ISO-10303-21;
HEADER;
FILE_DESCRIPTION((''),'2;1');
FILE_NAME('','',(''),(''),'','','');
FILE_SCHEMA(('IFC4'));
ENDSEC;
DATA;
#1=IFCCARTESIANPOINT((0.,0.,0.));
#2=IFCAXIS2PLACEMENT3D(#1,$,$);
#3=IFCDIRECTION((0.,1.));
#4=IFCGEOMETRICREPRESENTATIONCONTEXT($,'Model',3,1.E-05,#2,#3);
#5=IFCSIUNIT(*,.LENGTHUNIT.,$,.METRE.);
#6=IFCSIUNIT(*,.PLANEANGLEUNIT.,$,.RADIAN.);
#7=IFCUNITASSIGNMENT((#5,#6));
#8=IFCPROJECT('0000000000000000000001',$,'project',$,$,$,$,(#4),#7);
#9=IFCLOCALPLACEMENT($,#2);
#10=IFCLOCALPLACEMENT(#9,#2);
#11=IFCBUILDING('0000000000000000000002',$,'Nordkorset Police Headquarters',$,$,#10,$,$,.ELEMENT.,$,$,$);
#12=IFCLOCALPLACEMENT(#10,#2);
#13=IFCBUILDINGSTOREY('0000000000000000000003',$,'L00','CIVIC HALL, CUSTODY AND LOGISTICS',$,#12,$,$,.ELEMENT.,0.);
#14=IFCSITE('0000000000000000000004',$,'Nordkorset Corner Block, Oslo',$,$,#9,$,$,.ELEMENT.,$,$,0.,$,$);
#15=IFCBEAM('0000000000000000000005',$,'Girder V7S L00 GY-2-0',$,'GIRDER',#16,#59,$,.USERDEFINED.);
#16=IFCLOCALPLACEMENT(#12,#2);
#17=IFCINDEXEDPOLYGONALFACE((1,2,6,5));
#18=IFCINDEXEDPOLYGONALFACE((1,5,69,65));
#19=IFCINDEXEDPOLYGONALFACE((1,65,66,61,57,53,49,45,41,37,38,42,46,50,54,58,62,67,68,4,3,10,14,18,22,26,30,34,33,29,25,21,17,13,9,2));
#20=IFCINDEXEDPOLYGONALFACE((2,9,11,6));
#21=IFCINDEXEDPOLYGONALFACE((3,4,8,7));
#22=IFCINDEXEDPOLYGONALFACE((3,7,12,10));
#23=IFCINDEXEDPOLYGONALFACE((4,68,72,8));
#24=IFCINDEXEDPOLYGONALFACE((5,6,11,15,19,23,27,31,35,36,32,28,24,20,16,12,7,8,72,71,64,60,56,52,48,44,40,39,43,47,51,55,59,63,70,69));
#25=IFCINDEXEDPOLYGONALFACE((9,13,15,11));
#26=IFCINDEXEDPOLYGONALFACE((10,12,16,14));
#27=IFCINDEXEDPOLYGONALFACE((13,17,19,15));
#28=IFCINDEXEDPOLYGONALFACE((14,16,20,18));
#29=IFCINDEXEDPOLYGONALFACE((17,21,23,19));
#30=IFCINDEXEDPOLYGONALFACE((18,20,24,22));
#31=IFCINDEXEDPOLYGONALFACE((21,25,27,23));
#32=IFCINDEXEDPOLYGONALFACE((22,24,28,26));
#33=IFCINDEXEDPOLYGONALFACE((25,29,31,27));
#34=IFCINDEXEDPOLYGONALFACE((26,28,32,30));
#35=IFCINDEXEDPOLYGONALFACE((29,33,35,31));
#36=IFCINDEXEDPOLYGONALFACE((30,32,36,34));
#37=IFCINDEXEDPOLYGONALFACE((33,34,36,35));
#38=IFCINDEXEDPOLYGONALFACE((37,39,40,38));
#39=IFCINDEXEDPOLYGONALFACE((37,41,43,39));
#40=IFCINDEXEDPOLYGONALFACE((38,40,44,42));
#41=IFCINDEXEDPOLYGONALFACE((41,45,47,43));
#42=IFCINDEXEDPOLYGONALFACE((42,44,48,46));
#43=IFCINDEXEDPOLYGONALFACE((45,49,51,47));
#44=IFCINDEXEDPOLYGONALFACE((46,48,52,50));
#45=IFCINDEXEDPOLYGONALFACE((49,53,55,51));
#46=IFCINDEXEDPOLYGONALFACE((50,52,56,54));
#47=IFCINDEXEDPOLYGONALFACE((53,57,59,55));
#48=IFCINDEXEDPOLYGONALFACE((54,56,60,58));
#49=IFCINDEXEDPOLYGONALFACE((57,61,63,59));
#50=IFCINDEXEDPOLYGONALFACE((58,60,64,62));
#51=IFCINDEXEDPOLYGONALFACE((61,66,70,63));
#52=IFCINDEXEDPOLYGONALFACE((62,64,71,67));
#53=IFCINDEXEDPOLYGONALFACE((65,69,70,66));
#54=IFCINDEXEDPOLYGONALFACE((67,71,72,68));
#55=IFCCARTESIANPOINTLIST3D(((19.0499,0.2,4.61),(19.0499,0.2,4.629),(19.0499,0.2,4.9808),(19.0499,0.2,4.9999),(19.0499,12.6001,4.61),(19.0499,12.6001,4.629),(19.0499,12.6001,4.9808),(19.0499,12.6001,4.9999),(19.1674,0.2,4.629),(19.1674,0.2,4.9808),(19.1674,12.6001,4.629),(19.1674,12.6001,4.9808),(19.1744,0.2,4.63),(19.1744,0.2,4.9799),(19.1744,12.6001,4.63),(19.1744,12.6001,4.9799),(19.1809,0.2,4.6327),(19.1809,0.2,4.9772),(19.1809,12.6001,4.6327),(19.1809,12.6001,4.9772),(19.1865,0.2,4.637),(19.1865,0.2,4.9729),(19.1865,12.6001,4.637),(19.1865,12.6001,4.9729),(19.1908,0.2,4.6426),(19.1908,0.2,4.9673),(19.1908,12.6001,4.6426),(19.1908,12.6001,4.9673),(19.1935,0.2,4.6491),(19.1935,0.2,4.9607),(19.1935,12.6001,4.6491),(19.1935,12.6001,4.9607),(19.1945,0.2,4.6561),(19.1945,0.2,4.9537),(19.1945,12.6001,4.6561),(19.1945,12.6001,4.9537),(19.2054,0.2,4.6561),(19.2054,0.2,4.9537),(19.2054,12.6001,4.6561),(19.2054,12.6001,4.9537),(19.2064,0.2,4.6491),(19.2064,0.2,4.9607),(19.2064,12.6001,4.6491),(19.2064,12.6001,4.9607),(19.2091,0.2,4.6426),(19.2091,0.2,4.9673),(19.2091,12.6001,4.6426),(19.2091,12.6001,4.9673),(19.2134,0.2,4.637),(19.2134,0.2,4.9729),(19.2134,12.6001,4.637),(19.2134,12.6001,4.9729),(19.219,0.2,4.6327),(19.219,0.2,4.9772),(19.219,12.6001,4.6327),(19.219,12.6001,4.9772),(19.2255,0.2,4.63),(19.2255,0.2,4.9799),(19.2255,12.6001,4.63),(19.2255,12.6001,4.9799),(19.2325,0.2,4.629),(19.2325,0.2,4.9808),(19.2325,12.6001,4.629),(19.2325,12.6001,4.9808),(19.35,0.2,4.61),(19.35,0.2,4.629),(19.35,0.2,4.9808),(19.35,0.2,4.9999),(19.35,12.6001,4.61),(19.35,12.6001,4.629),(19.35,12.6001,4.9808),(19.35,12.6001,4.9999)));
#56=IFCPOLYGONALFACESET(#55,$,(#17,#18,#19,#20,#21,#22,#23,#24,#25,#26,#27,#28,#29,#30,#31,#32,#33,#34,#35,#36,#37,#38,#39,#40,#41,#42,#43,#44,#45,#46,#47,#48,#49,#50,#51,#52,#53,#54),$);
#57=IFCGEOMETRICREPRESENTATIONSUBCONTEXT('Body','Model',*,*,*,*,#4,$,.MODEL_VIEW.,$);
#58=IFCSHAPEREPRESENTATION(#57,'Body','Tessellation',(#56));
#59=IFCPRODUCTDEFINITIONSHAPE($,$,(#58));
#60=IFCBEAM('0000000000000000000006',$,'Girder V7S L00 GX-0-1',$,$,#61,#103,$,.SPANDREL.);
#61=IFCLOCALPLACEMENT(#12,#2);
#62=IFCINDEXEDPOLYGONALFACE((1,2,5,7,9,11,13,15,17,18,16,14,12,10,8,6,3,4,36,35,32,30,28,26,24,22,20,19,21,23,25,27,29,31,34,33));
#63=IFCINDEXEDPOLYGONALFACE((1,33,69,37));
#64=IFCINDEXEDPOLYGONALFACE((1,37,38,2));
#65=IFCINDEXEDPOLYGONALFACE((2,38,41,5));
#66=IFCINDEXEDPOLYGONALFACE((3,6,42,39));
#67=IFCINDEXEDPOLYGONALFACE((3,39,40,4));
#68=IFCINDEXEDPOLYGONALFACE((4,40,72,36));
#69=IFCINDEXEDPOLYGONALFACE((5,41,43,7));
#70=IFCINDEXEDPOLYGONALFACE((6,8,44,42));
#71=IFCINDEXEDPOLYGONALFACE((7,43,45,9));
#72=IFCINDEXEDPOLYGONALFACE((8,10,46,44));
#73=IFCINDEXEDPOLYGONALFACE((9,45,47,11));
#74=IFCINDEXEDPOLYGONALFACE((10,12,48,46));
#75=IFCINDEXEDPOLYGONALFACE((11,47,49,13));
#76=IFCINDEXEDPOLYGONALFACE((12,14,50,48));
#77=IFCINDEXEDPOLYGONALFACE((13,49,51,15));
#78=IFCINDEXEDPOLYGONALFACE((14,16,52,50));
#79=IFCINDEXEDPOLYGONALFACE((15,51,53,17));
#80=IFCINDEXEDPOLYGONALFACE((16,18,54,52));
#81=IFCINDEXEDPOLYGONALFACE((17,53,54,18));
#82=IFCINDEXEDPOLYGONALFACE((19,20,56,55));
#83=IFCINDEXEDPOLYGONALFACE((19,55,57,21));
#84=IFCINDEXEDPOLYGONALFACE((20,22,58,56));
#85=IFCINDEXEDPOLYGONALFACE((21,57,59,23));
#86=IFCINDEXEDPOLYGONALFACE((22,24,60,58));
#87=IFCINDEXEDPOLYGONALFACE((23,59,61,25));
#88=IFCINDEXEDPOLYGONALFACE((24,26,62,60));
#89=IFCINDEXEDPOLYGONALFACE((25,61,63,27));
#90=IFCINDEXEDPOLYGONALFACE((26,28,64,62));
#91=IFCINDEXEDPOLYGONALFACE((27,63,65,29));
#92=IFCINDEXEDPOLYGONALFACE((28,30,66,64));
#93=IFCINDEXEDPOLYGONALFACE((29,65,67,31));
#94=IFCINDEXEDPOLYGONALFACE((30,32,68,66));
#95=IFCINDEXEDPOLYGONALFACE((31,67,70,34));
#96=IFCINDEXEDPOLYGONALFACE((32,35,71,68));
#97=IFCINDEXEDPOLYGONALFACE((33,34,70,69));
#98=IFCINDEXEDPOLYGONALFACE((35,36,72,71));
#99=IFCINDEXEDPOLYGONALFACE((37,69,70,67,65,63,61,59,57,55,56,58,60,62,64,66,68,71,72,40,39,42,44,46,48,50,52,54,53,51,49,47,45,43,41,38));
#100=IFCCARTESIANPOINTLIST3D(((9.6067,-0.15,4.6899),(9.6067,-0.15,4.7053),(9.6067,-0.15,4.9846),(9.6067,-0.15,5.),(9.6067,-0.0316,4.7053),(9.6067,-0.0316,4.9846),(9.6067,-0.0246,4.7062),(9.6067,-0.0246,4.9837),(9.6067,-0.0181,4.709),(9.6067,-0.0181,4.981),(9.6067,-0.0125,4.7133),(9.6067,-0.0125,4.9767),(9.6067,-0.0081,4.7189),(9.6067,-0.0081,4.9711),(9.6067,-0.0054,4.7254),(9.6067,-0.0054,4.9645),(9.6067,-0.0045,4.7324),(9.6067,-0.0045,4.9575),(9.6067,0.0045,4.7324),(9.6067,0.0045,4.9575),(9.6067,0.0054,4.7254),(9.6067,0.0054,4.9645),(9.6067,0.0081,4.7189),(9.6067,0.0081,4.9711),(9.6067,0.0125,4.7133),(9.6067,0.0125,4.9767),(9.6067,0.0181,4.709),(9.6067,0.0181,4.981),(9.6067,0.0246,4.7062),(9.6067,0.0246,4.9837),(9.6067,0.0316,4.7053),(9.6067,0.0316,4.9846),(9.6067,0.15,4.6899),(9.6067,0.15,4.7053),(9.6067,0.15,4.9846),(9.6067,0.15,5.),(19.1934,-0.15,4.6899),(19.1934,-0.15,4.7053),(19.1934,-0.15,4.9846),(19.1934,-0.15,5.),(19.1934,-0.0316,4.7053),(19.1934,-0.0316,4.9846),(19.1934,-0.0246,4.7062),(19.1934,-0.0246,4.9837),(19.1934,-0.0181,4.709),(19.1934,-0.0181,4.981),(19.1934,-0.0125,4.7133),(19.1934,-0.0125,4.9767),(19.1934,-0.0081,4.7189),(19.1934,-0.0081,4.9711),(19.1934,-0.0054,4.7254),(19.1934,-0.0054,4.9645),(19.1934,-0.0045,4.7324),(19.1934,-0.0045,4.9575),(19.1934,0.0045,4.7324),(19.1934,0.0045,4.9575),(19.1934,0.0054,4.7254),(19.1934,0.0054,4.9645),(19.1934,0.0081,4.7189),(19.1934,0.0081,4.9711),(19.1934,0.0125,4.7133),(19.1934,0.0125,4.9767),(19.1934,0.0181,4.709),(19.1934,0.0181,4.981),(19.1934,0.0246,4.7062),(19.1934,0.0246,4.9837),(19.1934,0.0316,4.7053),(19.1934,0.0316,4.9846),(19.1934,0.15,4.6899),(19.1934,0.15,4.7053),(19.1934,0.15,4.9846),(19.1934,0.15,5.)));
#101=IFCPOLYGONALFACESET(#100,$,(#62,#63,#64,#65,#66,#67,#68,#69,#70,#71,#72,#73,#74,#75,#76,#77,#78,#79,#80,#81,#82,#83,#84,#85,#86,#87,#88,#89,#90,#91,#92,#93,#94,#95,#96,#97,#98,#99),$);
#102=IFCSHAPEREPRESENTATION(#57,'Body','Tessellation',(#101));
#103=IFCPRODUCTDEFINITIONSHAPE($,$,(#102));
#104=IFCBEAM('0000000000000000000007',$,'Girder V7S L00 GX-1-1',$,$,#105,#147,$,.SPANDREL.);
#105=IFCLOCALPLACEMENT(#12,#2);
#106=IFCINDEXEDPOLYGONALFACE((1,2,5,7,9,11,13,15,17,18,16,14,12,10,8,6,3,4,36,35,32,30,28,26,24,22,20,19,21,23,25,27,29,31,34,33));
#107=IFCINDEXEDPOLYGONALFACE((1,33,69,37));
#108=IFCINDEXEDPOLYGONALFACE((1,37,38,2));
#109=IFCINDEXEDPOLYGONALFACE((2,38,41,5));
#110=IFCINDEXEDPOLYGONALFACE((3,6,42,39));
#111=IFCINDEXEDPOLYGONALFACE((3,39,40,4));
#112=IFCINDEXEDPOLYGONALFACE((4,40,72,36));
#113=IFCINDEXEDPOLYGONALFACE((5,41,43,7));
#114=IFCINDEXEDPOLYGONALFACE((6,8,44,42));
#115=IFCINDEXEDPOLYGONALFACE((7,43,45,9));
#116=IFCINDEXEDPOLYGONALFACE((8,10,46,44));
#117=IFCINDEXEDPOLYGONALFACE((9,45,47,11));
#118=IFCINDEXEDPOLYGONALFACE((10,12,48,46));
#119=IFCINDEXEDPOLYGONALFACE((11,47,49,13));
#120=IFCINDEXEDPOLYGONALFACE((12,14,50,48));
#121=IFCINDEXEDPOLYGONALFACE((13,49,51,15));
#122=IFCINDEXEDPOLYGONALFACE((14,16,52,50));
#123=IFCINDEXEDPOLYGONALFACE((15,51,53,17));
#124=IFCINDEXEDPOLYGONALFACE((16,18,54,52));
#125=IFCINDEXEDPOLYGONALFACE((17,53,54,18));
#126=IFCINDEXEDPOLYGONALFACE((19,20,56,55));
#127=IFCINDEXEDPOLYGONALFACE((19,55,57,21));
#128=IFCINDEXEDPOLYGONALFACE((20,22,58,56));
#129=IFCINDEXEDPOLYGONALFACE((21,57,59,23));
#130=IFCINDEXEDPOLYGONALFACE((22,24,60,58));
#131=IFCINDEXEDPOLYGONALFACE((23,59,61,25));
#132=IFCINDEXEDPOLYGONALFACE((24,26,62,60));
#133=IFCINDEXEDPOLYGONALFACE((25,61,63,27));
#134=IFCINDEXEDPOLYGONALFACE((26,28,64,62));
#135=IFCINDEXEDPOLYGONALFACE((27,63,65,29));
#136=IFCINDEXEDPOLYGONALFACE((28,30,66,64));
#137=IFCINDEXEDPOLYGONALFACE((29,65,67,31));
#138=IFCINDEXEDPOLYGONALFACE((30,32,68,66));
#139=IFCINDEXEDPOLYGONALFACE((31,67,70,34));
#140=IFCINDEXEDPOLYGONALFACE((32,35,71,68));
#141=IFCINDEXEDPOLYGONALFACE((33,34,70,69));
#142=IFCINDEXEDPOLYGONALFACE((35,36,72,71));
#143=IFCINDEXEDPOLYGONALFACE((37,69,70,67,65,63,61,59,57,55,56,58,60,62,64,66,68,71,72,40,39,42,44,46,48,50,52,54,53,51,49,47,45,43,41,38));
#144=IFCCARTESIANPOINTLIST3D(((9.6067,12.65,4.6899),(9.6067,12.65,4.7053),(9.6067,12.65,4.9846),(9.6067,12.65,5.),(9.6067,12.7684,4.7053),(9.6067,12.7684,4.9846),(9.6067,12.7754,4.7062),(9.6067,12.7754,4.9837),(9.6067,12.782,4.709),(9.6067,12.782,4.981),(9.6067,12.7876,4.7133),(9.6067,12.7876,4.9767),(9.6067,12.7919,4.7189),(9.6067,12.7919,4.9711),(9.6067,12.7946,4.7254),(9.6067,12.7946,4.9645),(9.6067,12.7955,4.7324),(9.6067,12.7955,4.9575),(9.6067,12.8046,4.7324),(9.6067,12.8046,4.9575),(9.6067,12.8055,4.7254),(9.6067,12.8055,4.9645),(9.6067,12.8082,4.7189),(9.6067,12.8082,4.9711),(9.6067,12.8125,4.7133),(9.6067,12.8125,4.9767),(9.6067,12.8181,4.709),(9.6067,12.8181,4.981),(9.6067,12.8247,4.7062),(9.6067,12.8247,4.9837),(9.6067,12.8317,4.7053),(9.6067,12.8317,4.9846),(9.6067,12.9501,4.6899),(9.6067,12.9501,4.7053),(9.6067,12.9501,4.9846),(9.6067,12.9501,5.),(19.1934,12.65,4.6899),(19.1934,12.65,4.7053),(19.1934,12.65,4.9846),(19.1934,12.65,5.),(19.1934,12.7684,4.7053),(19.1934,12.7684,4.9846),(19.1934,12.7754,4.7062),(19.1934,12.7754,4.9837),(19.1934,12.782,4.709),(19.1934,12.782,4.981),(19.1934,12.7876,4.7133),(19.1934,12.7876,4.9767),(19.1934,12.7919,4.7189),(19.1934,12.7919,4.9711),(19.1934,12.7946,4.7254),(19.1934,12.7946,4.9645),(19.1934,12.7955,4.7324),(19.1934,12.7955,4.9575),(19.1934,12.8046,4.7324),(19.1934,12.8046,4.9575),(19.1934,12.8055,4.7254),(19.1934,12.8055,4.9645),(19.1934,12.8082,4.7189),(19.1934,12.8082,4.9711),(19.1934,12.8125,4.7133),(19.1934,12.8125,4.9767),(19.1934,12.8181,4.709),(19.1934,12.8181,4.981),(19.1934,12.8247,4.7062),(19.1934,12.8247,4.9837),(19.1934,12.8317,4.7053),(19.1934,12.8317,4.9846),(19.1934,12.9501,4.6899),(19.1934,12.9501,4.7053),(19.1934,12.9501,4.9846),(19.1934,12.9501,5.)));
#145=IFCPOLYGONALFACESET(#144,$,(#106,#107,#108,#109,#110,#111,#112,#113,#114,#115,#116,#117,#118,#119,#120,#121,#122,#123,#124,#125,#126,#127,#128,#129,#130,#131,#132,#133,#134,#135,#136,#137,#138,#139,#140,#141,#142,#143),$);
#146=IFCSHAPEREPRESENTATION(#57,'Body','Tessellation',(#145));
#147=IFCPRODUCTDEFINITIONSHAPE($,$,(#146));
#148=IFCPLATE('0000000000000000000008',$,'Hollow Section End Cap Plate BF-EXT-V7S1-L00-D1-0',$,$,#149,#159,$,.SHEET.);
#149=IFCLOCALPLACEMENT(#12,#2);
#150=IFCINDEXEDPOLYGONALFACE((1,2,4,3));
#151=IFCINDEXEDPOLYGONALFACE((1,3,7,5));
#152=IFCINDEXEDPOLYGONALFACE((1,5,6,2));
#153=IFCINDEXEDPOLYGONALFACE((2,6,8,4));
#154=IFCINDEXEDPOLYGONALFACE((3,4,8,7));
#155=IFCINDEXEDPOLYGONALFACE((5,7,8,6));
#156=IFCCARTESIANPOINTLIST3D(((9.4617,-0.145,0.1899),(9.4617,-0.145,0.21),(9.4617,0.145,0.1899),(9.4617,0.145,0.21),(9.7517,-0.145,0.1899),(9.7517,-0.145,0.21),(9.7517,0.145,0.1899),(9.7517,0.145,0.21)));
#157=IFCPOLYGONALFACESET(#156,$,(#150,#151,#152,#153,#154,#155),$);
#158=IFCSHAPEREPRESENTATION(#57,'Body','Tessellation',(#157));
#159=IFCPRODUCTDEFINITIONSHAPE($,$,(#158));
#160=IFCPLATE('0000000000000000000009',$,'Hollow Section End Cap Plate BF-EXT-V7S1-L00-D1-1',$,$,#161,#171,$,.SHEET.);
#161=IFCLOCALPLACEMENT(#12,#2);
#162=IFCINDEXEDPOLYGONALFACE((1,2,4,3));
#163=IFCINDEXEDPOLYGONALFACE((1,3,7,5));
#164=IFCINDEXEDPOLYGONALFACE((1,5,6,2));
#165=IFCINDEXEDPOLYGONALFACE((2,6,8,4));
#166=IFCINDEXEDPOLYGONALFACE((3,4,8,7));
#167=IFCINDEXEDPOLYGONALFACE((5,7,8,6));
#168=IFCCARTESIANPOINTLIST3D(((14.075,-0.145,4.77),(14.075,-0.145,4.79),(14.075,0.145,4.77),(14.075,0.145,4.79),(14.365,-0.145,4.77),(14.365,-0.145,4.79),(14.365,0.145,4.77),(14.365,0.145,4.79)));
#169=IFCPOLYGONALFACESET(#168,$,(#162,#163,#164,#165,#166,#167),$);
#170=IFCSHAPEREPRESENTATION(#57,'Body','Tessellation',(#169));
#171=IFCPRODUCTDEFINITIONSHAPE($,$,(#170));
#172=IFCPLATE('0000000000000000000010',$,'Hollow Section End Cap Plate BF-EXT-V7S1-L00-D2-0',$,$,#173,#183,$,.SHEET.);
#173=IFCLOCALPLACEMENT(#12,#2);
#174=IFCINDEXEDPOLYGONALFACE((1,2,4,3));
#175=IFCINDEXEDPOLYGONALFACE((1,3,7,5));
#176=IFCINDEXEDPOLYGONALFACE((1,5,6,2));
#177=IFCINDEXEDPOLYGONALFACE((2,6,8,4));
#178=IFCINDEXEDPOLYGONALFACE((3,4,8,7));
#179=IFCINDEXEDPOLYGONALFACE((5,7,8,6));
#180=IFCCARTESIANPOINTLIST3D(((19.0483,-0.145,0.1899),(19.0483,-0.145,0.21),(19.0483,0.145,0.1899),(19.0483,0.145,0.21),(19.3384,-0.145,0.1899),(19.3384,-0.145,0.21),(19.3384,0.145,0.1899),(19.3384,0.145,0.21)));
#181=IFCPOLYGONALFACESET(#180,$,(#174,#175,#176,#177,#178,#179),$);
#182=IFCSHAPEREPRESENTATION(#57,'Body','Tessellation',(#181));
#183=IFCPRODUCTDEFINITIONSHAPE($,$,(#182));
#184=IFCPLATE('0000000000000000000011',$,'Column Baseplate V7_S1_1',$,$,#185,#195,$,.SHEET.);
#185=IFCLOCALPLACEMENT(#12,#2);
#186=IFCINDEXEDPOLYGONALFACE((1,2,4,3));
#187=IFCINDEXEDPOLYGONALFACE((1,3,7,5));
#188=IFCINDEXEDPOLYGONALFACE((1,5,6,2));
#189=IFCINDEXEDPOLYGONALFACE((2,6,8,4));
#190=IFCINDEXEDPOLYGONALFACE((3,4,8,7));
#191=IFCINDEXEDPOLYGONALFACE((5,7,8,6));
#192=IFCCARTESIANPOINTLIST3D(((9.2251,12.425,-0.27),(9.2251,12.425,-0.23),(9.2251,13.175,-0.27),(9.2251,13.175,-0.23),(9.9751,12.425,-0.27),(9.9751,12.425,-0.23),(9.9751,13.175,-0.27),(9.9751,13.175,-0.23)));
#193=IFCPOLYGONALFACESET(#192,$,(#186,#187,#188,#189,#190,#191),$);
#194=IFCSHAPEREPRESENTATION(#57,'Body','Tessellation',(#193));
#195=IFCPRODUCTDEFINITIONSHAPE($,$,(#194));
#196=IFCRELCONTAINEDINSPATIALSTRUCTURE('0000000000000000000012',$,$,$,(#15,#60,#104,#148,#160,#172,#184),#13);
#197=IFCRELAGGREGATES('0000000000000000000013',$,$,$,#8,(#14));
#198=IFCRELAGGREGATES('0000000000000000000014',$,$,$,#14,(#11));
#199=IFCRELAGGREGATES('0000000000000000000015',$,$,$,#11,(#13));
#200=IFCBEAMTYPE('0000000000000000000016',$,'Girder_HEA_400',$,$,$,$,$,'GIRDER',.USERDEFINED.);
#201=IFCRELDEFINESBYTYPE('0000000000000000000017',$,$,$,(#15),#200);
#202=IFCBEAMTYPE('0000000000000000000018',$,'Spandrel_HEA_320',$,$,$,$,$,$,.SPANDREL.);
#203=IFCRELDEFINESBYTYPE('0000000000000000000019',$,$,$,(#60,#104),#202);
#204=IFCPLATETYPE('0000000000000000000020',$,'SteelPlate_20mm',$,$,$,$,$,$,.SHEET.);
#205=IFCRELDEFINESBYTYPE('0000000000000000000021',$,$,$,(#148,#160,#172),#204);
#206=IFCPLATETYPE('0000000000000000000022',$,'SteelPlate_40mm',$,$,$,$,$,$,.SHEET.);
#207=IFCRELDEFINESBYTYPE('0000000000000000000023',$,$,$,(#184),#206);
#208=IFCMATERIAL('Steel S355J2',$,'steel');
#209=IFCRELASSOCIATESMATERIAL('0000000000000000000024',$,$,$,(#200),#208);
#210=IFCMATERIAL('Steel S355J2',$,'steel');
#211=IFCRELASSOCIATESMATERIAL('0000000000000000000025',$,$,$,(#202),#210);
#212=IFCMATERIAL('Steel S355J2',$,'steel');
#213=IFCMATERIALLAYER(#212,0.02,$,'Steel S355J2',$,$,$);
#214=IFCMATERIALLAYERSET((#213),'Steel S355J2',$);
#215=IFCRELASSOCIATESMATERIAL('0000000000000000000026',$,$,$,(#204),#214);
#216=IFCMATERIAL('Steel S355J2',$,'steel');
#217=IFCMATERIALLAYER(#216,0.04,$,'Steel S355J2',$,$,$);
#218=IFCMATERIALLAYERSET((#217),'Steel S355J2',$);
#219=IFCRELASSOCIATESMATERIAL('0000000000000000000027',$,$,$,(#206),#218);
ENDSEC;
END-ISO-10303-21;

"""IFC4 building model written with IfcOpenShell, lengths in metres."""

from ifc_helpers import new_model, si_unit, direction, frame, origin, origin_2d, place, context, subcontext, project, spatial, rectangle, i_section, extrude, material, layer, layer_set, material_profile, profile_set, type_object, element, save


model = new_model("IFC4")

# Units and contexts
model_context = context("Model", 3, precision=1e-05, world=origin(), true_north=direction((0.0, 1.0)))
body_context = subcontext(model_context, "Body", "Model", "MODEL_VIEW")
ifc_project = project(units=[si_unit("LENGTHUNIT", "METRE"), si_unit("PLANEANGLEUNIT", "RADIAN")], contexts=[model_context])

# Site, building, storey
site_placement = place(None, origin())
site = spatial("IfcSite", under=ifc_project, at=site_placement, Name="Nordkorset Corner Block, Oslo", CompositionType="ELEMENT", RefElevation=0.0)
building_placement = place(site_placement, origin())
building = spatial("IfcBuilding", under=site, at=building_placement, Name="Nordkorset Police Headquarters", CompositionType="ELEMENT")
storey_placement = place(building_placement, origin())
storey = spatial("IfcBuildingStorey", under=building, at=storey_placement, Name="L00", Description="CIVIC HALL, CUSTODY AND LOGISTICS", CompositionType="ELEMENT", Elevation=0.0)

# Beams
ifc_material_1 = material(Name="Steel S355J2", Category="steel")
ifc_material_profile_1 = material_profile(ifc_material_1, i_section(OverallWidth=0.3, OverallDepth=0.3899, WebThickness=0.011, FlangeThickness=0.019, FilletRadius=0.0271, at=origin_2d()), Name="HEA 400")
ifc_profile_set_1 = profile_set([ifc_material_profile_1], Name="Steel S355J2")
beam_type_1 = type_object("IfcBeamType", Name="Girder_HEA_400", ElementType="GIRDER", PredefinedType="USERDEFINED", material=ifc_profile_set_1)
beam_1_placement = place(storey_placement, frame((19.2, 0.2, 4.8049), z_axis=(0.0, 1.0, 0.0), x_axis=(-1.0, 0.0, 0.0)))
element("IfcBeam", 1, at=beam_1_placement, inside=storey, type_object=beam_type_1, Name="Girder V7S L00 GY-2-0", ObjectType="GIRDER", PredefinedType="USERDEFINED", context=body_context, shape_type="SweptSolid", body=[
    extrude(i_section(OverallWidth=0.3, OverallDepth=0.3899, WebThickness=0.011, FlangeThickness=0.019, FilletRadius=0.0271, at=origin_2d()), origin(), (0.0, 0.0, 1.0), 12.4001),
])
ifc_material_2 = material(Name="Steel S355J2", Category="steel")
ifc_material_profile_2 = material_profile(ifc_material_2, i_section(OverallWidth=0.3, OverallDepth=0.3101, WebThickness=0.009, FlangeThickness=0.0154, FilletRadius=0.0271, at=origin_2d()), Name="HEA 320")
ifc_profile_set_2 = profile_set([ifc_material_profile_2], Name="Steel S355J2")
beam_type_2 = type_object("IfcBeamType", Name="Spandrel_HEA_320", PredefinedType="SPANDREL", material=ifc_profile_set_2)
for number, where, z_axis, x_axis, name in (
    (2, (9.6067, 0.0, 4.845), (1.0, 0.0, 0.0), (0.0, 1.0, 0.0), "Girder V7S L00 GX-0-1"),
    (3, (9.6067, 12.8, 4.845), (1.0, 0.0, 0.0), (0.0, 1.0, 0.0), "Girder V7S L00 GX-1-1"),
):
    element("IfcBeam", number, at=place(storey_placement, frame(where, z_axis=z_axis, x_axis=x_axis)), inside=storey, type_object=beam_type_2, Name=name, PredefinedType="SPANDREL", context=body_context, shape_type="SweptSolid", body=[
        extrude(i_section(OverallWidth=0.3, OverallDepth=0.3101, WebThickness=0.009, FlangeThickness=0.0154, FilletRadius=0.0271, at=origin_2d()), origin(), (0.0, 0.0, 1.0), 9.5867),
    ])

# Plates
ifc_material_3 = material(Name="Steel S355J2", Category="steel")
ifc_layer_1 = layer(ifc_material_3, 0.02, Name="Steel S355J2")
ifc_layer_set_1 = layer_set([ifc_layer_1], Name="Steel S355J2")
plate_type_1 = type_object("IfcPlateType", Name="SteelPlate_20mm", PredefinedType="SHEET", material=ifc_layer_set_1)
for number, where, z_axis, x_axis, name in (
    (4, (9.6067, 0.0, 0.1899), (0.0, 0.0, 1.0), (1.0, 0.0, 0.0), "Hollow Section End Cap Plate BF-EXT-V7S1-L00-D1-0"),
    (5, (14.22, 0.0, 4.77), (0.0, 0.0, 1.0), (1.0, 0.0, 0.0), "Hollow Section End Cap Plate BF-EXT-V7S1-L00-D1-1"),
    (6, (19.1934, 0.0, 0.1899), (0.0, 0.0, 1.0), (1.0, 0.0, 0.0), "Hollow Section End Cap Plate BF-EXT-V7S1-L00-D2-0"),
):
    element("IfcPlate", number, at=place(storey_placement, frame(where, z_axis=z_axis, x_axis=x_axis)), inside=storey, type_object=plate_type_1, Name=name, PredefinedType="SHEET", context=body_context, shape_type="SweptSolid", body=[
        extrude(rectangle(XDim=0.29, YDim=0.29, at=origin_2d()), origin(), (0.0, 0.0, 1.0), 0.02),
    ])
ifc_material_4 = material(Name="Steel S355J2", Category="steel")
ifc_layer_2 = layer(ifc_material_4, 0.04, Name="Steel S355J2")
ifc_layer_set_2 = layer_set([ifc_layer_2], Name="Steel S355J2")
plate_type_2 = type_object("IfcPlateType", Name="SteelPlate_40mm", PredefinedType="SHEET", material=ifc_layer_set_2)
for number, where, z_axis, x_axis, name in (
    (7, (9.6001, 12.8, -0.27), (0.0, 0.0, 1.0), (1.0, 0.0, 0.0), "Column Baseplate V7_S1_1"),
):
    element("IfcPlate", number, at=place(storey_placement, frame(where, z_axis=z_axis, x_axis=x_axis)), inside=storey, type_object=plate_type_2, Name=name, PredefinedType="SHEET", context=body_context, shape_type="SweptSolid", body=[
        extrude(rectangle(XDim=0.75, YDim=0.75, at=origin_2d()), origin(), (0.0, 0.0, 1.0), 0.04),
    ])

save(model, "model.ifc")
